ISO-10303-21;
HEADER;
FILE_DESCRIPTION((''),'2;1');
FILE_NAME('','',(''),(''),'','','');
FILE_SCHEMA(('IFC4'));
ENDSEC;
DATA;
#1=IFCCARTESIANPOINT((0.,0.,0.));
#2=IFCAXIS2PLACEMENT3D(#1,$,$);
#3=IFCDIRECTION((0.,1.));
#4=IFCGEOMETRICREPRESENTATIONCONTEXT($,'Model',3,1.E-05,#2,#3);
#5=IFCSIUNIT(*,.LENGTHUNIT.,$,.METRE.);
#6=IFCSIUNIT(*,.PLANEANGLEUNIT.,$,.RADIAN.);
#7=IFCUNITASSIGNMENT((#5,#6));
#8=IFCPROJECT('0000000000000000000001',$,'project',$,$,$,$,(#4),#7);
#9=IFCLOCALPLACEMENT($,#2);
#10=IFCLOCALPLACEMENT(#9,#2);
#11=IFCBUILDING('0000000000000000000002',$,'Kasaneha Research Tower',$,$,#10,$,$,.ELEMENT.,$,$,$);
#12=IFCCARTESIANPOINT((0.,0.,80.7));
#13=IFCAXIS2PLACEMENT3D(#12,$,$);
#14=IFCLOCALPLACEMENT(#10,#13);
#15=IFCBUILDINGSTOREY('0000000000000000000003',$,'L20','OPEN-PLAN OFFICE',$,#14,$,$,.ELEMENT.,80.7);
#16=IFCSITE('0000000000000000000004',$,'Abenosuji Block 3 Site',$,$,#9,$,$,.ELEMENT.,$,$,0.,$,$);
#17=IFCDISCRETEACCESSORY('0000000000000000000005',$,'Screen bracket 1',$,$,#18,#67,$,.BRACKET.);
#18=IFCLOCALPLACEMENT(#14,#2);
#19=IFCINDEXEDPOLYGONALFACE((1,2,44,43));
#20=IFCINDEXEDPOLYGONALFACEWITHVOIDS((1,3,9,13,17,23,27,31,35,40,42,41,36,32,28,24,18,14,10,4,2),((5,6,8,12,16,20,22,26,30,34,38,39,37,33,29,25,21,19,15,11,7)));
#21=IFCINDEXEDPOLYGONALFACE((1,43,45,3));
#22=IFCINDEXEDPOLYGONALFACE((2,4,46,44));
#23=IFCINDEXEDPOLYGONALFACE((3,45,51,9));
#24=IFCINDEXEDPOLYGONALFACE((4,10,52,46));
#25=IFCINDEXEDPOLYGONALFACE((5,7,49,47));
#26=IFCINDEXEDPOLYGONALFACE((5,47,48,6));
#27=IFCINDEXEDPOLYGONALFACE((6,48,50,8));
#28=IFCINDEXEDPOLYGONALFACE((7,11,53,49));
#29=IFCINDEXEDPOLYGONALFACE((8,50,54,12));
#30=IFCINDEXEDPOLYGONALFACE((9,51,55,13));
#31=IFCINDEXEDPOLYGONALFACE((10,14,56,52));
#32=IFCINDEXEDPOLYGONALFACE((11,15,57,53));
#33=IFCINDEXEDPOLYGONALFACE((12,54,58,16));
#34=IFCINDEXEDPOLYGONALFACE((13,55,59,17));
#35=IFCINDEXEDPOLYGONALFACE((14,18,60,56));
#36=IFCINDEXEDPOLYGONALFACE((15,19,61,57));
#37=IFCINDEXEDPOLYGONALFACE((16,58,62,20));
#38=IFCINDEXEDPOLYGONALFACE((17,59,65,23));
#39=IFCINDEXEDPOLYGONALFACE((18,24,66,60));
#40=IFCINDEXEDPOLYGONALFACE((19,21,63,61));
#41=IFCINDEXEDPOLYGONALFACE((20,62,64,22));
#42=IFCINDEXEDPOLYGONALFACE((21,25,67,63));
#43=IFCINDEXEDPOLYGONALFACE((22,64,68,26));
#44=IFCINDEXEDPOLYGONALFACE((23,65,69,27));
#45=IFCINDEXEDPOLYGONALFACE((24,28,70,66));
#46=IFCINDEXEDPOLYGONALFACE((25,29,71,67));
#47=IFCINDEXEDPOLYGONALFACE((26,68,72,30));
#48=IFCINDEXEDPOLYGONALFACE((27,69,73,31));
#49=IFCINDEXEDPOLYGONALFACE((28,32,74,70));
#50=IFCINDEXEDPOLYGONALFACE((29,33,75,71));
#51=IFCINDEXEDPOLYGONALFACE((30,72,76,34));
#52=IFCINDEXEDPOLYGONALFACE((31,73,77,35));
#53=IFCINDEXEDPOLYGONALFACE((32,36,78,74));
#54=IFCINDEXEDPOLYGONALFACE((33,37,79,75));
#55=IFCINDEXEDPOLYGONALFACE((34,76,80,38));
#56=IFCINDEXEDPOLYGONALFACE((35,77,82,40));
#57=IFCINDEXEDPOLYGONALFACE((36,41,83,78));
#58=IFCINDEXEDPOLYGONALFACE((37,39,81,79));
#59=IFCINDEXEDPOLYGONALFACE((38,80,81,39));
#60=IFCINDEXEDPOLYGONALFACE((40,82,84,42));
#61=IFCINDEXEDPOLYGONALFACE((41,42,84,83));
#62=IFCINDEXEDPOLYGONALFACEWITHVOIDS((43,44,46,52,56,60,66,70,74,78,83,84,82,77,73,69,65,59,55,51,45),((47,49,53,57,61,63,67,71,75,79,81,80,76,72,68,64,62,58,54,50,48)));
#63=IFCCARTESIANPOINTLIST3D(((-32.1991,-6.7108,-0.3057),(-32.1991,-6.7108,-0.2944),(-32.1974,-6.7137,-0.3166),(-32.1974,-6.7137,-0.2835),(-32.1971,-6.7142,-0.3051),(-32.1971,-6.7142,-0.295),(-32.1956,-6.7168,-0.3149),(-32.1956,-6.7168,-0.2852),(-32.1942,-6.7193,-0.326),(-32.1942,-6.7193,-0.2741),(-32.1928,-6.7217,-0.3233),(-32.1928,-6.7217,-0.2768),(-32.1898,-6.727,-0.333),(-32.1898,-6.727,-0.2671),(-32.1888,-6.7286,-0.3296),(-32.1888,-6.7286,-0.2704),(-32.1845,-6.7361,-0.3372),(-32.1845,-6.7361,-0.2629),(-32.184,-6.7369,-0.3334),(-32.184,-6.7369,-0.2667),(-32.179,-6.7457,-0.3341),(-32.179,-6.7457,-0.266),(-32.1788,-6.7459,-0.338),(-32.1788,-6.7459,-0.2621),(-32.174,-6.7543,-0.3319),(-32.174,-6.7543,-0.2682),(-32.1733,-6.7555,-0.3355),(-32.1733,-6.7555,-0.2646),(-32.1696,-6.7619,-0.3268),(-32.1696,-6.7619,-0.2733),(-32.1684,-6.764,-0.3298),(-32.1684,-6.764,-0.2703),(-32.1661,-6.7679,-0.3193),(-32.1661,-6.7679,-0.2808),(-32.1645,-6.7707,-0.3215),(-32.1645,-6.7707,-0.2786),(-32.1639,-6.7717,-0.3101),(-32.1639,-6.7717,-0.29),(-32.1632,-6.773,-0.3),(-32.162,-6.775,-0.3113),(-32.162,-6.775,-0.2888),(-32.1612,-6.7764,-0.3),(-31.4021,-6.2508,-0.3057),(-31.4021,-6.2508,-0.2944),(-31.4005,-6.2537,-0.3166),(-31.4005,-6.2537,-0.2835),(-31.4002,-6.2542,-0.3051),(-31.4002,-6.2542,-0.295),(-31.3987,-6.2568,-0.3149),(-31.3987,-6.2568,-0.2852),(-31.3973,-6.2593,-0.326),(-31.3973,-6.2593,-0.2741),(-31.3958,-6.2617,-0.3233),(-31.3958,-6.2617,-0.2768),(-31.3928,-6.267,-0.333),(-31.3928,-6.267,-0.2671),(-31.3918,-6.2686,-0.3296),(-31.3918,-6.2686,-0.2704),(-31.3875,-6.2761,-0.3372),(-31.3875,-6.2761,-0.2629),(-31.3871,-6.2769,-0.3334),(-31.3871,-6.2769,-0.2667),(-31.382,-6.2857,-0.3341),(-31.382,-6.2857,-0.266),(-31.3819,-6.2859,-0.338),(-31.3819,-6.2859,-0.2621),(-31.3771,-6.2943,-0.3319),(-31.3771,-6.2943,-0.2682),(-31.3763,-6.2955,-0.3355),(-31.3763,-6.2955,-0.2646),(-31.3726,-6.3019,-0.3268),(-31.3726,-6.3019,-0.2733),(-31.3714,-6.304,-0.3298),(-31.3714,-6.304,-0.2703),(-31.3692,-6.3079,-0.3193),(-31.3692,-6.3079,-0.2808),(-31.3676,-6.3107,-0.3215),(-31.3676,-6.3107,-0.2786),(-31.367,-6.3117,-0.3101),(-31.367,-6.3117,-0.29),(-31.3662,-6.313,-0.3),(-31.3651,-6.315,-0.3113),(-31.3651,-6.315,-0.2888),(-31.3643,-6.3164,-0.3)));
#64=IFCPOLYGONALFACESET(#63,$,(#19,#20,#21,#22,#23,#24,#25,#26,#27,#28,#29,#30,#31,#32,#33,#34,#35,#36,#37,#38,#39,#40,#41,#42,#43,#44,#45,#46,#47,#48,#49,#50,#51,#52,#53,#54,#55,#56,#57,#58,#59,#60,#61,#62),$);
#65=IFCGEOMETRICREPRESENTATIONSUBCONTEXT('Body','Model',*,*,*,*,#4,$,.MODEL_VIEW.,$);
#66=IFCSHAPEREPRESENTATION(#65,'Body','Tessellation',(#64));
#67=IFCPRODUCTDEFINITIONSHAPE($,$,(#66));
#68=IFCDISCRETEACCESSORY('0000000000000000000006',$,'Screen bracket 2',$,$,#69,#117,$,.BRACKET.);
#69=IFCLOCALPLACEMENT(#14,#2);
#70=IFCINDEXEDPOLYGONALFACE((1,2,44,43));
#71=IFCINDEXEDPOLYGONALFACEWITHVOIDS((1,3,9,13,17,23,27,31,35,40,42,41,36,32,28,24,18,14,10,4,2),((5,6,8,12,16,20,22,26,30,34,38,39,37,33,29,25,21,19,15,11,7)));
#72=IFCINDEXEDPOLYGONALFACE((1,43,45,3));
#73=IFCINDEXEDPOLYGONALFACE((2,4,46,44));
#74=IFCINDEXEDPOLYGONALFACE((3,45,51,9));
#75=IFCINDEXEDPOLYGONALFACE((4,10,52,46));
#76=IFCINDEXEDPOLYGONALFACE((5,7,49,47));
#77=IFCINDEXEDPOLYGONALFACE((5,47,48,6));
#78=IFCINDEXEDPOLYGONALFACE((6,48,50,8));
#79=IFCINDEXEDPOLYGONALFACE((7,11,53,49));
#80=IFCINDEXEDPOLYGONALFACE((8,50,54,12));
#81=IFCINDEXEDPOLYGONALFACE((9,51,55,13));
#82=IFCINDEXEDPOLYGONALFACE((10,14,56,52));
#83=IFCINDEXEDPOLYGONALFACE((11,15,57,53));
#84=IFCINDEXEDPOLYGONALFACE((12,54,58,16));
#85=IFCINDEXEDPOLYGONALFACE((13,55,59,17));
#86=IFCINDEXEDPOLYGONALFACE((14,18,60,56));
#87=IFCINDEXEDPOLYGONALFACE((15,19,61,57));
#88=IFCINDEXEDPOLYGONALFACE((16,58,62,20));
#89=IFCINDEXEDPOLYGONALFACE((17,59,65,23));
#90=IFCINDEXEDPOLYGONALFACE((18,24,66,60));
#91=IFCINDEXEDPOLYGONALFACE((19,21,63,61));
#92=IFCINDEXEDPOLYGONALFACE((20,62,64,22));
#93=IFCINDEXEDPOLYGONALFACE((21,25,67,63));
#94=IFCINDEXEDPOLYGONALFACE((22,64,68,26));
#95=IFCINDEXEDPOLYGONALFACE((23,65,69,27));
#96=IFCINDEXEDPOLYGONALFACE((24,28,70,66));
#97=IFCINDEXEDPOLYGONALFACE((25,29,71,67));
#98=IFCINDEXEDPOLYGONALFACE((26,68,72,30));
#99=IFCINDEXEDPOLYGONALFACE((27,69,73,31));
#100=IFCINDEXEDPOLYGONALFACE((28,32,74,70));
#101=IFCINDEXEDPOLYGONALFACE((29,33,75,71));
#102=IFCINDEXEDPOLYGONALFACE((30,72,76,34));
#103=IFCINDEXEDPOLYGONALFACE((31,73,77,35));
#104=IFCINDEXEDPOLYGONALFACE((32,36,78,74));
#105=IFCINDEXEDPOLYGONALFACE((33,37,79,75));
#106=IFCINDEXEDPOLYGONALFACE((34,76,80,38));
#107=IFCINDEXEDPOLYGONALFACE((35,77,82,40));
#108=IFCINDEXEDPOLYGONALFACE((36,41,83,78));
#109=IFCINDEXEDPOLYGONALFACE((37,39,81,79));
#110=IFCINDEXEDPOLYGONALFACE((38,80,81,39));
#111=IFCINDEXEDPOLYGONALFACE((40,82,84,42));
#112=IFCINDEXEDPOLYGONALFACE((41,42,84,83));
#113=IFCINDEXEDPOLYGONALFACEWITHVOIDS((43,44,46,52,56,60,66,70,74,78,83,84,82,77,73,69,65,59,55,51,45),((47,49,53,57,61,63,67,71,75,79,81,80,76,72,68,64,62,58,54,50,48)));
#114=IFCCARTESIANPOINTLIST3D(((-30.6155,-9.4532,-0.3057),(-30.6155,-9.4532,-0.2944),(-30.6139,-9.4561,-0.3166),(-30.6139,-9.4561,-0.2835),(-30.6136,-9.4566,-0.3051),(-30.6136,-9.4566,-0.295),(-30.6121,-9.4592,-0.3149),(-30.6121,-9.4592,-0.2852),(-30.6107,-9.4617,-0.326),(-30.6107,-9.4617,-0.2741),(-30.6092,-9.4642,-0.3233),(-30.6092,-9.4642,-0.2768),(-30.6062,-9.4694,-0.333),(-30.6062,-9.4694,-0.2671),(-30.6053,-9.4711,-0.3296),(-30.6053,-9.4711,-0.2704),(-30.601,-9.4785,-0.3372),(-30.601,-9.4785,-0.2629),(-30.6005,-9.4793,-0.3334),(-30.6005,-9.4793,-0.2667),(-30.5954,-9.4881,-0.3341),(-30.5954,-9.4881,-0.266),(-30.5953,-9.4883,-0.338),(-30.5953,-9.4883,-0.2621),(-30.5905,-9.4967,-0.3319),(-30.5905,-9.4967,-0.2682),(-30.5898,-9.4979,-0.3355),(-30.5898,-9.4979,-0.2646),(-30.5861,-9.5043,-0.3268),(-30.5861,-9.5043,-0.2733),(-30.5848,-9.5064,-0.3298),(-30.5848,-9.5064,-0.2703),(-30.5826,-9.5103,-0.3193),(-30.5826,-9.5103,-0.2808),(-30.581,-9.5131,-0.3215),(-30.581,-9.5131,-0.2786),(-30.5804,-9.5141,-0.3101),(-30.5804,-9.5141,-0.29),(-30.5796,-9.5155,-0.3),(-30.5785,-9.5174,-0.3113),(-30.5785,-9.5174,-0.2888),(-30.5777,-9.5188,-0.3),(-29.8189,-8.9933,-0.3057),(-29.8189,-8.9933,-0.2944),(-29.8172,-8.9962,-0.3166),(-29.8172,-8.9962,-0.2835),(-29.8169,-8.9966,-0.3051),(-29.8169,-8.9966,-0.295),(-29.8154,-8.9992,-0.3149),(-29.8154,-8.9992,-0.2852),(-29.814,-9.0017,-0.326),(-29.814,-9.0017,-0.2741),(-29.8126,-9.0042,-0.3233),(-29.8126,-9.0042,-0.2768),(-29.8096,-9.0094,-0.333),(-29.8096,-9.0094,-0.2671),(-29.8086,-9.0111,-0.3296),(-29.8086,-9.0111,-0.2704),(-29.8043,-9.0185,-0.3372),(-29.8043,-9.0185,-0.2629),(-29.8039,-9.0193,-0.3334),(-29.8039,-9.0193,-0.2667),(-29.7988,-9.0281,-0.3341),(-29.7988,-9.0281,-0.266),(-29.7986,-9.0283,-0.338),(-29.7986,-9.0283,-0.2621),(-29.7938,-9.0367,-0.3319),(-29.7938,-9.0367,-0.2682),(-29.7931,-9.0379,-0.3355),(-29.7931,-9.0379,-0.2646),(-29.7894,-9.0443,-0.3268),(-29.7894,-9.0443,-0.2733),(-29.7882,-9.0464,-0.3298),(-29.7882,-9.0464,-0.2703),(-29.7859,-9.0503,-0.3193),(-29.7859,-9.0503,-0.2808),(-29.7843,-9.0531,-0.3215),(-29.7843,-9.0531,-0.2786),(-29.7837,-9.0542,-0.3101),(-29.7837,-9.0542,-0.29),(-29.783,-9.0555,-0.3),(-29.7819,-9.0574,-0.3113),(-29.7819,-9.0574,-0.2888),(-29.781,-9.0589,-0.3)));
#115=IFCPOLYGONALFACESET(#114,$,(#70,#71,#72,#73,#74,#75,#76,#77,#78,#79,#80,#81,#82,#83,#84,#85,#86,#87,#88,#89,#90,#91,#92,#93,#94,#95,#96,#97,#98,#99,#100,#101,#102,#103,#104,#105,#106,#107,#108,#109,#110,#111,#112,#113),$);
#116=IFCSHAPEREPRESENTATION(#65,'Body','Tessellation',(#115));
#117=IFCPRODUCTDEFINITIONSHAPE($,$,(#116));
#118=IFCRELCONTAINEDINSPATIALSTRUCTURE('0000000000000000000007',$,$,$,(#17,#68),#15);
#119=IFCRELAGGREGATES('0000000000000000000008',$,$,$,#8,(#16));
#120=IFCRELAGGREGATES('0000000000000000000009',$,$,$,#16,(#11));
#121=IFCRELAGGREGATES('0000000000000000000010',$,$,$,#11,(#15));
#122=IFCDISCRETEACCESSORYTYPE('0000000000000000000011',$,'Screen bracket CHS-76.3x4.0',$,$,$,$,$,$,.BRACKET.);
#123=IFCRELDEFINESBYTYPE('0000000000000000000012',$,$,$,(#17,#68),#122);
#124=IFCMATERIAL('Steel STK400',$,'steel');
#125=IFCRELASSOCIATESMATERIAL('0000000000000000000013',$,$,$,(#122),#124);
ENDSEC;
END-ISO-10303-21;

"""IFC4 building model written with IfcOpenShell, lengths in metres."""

from ifc_helpers import new_model, si_unit, direction, frame, origin, origin_2d, place, context, subcontext, project, spatial, hollow_circle, extrude, material, material_profile, profile_set, type_object, element, save


model = new_model("IFC4")

# Units and contexts
model_context = context("Model", 3, precision=1e-05, world=origin(), true_north=direction((0.0, 1.0)))
body_context = subcontext(model_context, "Body", "Model", "MODEL_VIEW")
ifc_project = project(units=[si_unit("LENGTHUNIT", "METRE"), si_unit("PLANEANGLEUNIT", "RADIAN")], contexts=[model_context])

# Site, building, storey
site_placement = place(None, origin())
site = spatial("IfcSite", under=ifc_project, at=site_placement, Name="Abenosuji Block 3 Site", CompositionType="ELEMENT", RefElevation=0.0)
building_placement = place(site_placement, origin())
building = spatial("IfcBuilding", under=site, at=building_placement, Name="Kasaneha Research Tower", CompositionType="ELEMENT")
storey_placement = place(building_placement, frame((0.0, 0.0, 80.7)))
storey = spatial("IfcBuildingStorey", under=building, at=storey_placement, Name="L20", Description="OPEN-PLAN OFFICE", CompositionType="ELEMENT", Elevation=80.7)

# Discrete accessories
ifc_material_1 = material(Name="Steel STK400", Category="steel")
ifc_material_profile_1 = material_profile(ifc_material_1, hollow_circle(Radius=0.0381, WallThickness=0.0039, at=origin_2d()), Name="CHS-76.3x4.0")
ifc_profile_set_1 = profile_set([ifc_material_profile_1], Name="Steel STK400")
discrete_accessory_type = type_object("IfcDiscreteAccessoryType", Name="Screen bracket CHS-76.3x4.0", PredefinedType="BRACKET", material=ifc_profile_set_1)
discrete_accessory_1_placement = place(storey_placement, frame((-31.3833, -6.2834, -0.3), z_axis=(-0.86608, -0.499906, 0.0), x_axis=(0.499906, -0.86608, 0.0)))
element("IfcDiscreteAccessory", 1, at=discrete_accessory_1_placement, inside=storey, type_object=discrete_accessory_type, Name="Screen bracket 1", PredefinedType="BRACKET", context=body_context, shape_type="SweptSolid", body=[
    extrude(hollow_circle(Radius=0.0381, WallThickness=0.0039, at=origin_2d()), origin(), (0.0, 0.0, 1.0), 0.9202),
])
discrete_accessory_2_placement = place(storey_placement, frame((-29.8, -9.0259, -0.3), z_axis=(-0.866013, -0.500021, 0.0), x_axis=(0.500021, -0.866013, 0.0)))
element("IfcDiscreteAccessory", 2, at=discrete_accessory_2_placement, inside=storey, type_object=discrete_accessory_type, Name="Screen bracket 2", PredefinedType="BRACKET", context=body_context, shape_type="SweptSolid", body=[
    extrude(hollow_circle(Radius=0.0381, WallThickness=0.0039, at=origin_2d()), origin(), (0.0, 0.0, 1.0), 0.9199),
])

save(model, "model.ifc")
